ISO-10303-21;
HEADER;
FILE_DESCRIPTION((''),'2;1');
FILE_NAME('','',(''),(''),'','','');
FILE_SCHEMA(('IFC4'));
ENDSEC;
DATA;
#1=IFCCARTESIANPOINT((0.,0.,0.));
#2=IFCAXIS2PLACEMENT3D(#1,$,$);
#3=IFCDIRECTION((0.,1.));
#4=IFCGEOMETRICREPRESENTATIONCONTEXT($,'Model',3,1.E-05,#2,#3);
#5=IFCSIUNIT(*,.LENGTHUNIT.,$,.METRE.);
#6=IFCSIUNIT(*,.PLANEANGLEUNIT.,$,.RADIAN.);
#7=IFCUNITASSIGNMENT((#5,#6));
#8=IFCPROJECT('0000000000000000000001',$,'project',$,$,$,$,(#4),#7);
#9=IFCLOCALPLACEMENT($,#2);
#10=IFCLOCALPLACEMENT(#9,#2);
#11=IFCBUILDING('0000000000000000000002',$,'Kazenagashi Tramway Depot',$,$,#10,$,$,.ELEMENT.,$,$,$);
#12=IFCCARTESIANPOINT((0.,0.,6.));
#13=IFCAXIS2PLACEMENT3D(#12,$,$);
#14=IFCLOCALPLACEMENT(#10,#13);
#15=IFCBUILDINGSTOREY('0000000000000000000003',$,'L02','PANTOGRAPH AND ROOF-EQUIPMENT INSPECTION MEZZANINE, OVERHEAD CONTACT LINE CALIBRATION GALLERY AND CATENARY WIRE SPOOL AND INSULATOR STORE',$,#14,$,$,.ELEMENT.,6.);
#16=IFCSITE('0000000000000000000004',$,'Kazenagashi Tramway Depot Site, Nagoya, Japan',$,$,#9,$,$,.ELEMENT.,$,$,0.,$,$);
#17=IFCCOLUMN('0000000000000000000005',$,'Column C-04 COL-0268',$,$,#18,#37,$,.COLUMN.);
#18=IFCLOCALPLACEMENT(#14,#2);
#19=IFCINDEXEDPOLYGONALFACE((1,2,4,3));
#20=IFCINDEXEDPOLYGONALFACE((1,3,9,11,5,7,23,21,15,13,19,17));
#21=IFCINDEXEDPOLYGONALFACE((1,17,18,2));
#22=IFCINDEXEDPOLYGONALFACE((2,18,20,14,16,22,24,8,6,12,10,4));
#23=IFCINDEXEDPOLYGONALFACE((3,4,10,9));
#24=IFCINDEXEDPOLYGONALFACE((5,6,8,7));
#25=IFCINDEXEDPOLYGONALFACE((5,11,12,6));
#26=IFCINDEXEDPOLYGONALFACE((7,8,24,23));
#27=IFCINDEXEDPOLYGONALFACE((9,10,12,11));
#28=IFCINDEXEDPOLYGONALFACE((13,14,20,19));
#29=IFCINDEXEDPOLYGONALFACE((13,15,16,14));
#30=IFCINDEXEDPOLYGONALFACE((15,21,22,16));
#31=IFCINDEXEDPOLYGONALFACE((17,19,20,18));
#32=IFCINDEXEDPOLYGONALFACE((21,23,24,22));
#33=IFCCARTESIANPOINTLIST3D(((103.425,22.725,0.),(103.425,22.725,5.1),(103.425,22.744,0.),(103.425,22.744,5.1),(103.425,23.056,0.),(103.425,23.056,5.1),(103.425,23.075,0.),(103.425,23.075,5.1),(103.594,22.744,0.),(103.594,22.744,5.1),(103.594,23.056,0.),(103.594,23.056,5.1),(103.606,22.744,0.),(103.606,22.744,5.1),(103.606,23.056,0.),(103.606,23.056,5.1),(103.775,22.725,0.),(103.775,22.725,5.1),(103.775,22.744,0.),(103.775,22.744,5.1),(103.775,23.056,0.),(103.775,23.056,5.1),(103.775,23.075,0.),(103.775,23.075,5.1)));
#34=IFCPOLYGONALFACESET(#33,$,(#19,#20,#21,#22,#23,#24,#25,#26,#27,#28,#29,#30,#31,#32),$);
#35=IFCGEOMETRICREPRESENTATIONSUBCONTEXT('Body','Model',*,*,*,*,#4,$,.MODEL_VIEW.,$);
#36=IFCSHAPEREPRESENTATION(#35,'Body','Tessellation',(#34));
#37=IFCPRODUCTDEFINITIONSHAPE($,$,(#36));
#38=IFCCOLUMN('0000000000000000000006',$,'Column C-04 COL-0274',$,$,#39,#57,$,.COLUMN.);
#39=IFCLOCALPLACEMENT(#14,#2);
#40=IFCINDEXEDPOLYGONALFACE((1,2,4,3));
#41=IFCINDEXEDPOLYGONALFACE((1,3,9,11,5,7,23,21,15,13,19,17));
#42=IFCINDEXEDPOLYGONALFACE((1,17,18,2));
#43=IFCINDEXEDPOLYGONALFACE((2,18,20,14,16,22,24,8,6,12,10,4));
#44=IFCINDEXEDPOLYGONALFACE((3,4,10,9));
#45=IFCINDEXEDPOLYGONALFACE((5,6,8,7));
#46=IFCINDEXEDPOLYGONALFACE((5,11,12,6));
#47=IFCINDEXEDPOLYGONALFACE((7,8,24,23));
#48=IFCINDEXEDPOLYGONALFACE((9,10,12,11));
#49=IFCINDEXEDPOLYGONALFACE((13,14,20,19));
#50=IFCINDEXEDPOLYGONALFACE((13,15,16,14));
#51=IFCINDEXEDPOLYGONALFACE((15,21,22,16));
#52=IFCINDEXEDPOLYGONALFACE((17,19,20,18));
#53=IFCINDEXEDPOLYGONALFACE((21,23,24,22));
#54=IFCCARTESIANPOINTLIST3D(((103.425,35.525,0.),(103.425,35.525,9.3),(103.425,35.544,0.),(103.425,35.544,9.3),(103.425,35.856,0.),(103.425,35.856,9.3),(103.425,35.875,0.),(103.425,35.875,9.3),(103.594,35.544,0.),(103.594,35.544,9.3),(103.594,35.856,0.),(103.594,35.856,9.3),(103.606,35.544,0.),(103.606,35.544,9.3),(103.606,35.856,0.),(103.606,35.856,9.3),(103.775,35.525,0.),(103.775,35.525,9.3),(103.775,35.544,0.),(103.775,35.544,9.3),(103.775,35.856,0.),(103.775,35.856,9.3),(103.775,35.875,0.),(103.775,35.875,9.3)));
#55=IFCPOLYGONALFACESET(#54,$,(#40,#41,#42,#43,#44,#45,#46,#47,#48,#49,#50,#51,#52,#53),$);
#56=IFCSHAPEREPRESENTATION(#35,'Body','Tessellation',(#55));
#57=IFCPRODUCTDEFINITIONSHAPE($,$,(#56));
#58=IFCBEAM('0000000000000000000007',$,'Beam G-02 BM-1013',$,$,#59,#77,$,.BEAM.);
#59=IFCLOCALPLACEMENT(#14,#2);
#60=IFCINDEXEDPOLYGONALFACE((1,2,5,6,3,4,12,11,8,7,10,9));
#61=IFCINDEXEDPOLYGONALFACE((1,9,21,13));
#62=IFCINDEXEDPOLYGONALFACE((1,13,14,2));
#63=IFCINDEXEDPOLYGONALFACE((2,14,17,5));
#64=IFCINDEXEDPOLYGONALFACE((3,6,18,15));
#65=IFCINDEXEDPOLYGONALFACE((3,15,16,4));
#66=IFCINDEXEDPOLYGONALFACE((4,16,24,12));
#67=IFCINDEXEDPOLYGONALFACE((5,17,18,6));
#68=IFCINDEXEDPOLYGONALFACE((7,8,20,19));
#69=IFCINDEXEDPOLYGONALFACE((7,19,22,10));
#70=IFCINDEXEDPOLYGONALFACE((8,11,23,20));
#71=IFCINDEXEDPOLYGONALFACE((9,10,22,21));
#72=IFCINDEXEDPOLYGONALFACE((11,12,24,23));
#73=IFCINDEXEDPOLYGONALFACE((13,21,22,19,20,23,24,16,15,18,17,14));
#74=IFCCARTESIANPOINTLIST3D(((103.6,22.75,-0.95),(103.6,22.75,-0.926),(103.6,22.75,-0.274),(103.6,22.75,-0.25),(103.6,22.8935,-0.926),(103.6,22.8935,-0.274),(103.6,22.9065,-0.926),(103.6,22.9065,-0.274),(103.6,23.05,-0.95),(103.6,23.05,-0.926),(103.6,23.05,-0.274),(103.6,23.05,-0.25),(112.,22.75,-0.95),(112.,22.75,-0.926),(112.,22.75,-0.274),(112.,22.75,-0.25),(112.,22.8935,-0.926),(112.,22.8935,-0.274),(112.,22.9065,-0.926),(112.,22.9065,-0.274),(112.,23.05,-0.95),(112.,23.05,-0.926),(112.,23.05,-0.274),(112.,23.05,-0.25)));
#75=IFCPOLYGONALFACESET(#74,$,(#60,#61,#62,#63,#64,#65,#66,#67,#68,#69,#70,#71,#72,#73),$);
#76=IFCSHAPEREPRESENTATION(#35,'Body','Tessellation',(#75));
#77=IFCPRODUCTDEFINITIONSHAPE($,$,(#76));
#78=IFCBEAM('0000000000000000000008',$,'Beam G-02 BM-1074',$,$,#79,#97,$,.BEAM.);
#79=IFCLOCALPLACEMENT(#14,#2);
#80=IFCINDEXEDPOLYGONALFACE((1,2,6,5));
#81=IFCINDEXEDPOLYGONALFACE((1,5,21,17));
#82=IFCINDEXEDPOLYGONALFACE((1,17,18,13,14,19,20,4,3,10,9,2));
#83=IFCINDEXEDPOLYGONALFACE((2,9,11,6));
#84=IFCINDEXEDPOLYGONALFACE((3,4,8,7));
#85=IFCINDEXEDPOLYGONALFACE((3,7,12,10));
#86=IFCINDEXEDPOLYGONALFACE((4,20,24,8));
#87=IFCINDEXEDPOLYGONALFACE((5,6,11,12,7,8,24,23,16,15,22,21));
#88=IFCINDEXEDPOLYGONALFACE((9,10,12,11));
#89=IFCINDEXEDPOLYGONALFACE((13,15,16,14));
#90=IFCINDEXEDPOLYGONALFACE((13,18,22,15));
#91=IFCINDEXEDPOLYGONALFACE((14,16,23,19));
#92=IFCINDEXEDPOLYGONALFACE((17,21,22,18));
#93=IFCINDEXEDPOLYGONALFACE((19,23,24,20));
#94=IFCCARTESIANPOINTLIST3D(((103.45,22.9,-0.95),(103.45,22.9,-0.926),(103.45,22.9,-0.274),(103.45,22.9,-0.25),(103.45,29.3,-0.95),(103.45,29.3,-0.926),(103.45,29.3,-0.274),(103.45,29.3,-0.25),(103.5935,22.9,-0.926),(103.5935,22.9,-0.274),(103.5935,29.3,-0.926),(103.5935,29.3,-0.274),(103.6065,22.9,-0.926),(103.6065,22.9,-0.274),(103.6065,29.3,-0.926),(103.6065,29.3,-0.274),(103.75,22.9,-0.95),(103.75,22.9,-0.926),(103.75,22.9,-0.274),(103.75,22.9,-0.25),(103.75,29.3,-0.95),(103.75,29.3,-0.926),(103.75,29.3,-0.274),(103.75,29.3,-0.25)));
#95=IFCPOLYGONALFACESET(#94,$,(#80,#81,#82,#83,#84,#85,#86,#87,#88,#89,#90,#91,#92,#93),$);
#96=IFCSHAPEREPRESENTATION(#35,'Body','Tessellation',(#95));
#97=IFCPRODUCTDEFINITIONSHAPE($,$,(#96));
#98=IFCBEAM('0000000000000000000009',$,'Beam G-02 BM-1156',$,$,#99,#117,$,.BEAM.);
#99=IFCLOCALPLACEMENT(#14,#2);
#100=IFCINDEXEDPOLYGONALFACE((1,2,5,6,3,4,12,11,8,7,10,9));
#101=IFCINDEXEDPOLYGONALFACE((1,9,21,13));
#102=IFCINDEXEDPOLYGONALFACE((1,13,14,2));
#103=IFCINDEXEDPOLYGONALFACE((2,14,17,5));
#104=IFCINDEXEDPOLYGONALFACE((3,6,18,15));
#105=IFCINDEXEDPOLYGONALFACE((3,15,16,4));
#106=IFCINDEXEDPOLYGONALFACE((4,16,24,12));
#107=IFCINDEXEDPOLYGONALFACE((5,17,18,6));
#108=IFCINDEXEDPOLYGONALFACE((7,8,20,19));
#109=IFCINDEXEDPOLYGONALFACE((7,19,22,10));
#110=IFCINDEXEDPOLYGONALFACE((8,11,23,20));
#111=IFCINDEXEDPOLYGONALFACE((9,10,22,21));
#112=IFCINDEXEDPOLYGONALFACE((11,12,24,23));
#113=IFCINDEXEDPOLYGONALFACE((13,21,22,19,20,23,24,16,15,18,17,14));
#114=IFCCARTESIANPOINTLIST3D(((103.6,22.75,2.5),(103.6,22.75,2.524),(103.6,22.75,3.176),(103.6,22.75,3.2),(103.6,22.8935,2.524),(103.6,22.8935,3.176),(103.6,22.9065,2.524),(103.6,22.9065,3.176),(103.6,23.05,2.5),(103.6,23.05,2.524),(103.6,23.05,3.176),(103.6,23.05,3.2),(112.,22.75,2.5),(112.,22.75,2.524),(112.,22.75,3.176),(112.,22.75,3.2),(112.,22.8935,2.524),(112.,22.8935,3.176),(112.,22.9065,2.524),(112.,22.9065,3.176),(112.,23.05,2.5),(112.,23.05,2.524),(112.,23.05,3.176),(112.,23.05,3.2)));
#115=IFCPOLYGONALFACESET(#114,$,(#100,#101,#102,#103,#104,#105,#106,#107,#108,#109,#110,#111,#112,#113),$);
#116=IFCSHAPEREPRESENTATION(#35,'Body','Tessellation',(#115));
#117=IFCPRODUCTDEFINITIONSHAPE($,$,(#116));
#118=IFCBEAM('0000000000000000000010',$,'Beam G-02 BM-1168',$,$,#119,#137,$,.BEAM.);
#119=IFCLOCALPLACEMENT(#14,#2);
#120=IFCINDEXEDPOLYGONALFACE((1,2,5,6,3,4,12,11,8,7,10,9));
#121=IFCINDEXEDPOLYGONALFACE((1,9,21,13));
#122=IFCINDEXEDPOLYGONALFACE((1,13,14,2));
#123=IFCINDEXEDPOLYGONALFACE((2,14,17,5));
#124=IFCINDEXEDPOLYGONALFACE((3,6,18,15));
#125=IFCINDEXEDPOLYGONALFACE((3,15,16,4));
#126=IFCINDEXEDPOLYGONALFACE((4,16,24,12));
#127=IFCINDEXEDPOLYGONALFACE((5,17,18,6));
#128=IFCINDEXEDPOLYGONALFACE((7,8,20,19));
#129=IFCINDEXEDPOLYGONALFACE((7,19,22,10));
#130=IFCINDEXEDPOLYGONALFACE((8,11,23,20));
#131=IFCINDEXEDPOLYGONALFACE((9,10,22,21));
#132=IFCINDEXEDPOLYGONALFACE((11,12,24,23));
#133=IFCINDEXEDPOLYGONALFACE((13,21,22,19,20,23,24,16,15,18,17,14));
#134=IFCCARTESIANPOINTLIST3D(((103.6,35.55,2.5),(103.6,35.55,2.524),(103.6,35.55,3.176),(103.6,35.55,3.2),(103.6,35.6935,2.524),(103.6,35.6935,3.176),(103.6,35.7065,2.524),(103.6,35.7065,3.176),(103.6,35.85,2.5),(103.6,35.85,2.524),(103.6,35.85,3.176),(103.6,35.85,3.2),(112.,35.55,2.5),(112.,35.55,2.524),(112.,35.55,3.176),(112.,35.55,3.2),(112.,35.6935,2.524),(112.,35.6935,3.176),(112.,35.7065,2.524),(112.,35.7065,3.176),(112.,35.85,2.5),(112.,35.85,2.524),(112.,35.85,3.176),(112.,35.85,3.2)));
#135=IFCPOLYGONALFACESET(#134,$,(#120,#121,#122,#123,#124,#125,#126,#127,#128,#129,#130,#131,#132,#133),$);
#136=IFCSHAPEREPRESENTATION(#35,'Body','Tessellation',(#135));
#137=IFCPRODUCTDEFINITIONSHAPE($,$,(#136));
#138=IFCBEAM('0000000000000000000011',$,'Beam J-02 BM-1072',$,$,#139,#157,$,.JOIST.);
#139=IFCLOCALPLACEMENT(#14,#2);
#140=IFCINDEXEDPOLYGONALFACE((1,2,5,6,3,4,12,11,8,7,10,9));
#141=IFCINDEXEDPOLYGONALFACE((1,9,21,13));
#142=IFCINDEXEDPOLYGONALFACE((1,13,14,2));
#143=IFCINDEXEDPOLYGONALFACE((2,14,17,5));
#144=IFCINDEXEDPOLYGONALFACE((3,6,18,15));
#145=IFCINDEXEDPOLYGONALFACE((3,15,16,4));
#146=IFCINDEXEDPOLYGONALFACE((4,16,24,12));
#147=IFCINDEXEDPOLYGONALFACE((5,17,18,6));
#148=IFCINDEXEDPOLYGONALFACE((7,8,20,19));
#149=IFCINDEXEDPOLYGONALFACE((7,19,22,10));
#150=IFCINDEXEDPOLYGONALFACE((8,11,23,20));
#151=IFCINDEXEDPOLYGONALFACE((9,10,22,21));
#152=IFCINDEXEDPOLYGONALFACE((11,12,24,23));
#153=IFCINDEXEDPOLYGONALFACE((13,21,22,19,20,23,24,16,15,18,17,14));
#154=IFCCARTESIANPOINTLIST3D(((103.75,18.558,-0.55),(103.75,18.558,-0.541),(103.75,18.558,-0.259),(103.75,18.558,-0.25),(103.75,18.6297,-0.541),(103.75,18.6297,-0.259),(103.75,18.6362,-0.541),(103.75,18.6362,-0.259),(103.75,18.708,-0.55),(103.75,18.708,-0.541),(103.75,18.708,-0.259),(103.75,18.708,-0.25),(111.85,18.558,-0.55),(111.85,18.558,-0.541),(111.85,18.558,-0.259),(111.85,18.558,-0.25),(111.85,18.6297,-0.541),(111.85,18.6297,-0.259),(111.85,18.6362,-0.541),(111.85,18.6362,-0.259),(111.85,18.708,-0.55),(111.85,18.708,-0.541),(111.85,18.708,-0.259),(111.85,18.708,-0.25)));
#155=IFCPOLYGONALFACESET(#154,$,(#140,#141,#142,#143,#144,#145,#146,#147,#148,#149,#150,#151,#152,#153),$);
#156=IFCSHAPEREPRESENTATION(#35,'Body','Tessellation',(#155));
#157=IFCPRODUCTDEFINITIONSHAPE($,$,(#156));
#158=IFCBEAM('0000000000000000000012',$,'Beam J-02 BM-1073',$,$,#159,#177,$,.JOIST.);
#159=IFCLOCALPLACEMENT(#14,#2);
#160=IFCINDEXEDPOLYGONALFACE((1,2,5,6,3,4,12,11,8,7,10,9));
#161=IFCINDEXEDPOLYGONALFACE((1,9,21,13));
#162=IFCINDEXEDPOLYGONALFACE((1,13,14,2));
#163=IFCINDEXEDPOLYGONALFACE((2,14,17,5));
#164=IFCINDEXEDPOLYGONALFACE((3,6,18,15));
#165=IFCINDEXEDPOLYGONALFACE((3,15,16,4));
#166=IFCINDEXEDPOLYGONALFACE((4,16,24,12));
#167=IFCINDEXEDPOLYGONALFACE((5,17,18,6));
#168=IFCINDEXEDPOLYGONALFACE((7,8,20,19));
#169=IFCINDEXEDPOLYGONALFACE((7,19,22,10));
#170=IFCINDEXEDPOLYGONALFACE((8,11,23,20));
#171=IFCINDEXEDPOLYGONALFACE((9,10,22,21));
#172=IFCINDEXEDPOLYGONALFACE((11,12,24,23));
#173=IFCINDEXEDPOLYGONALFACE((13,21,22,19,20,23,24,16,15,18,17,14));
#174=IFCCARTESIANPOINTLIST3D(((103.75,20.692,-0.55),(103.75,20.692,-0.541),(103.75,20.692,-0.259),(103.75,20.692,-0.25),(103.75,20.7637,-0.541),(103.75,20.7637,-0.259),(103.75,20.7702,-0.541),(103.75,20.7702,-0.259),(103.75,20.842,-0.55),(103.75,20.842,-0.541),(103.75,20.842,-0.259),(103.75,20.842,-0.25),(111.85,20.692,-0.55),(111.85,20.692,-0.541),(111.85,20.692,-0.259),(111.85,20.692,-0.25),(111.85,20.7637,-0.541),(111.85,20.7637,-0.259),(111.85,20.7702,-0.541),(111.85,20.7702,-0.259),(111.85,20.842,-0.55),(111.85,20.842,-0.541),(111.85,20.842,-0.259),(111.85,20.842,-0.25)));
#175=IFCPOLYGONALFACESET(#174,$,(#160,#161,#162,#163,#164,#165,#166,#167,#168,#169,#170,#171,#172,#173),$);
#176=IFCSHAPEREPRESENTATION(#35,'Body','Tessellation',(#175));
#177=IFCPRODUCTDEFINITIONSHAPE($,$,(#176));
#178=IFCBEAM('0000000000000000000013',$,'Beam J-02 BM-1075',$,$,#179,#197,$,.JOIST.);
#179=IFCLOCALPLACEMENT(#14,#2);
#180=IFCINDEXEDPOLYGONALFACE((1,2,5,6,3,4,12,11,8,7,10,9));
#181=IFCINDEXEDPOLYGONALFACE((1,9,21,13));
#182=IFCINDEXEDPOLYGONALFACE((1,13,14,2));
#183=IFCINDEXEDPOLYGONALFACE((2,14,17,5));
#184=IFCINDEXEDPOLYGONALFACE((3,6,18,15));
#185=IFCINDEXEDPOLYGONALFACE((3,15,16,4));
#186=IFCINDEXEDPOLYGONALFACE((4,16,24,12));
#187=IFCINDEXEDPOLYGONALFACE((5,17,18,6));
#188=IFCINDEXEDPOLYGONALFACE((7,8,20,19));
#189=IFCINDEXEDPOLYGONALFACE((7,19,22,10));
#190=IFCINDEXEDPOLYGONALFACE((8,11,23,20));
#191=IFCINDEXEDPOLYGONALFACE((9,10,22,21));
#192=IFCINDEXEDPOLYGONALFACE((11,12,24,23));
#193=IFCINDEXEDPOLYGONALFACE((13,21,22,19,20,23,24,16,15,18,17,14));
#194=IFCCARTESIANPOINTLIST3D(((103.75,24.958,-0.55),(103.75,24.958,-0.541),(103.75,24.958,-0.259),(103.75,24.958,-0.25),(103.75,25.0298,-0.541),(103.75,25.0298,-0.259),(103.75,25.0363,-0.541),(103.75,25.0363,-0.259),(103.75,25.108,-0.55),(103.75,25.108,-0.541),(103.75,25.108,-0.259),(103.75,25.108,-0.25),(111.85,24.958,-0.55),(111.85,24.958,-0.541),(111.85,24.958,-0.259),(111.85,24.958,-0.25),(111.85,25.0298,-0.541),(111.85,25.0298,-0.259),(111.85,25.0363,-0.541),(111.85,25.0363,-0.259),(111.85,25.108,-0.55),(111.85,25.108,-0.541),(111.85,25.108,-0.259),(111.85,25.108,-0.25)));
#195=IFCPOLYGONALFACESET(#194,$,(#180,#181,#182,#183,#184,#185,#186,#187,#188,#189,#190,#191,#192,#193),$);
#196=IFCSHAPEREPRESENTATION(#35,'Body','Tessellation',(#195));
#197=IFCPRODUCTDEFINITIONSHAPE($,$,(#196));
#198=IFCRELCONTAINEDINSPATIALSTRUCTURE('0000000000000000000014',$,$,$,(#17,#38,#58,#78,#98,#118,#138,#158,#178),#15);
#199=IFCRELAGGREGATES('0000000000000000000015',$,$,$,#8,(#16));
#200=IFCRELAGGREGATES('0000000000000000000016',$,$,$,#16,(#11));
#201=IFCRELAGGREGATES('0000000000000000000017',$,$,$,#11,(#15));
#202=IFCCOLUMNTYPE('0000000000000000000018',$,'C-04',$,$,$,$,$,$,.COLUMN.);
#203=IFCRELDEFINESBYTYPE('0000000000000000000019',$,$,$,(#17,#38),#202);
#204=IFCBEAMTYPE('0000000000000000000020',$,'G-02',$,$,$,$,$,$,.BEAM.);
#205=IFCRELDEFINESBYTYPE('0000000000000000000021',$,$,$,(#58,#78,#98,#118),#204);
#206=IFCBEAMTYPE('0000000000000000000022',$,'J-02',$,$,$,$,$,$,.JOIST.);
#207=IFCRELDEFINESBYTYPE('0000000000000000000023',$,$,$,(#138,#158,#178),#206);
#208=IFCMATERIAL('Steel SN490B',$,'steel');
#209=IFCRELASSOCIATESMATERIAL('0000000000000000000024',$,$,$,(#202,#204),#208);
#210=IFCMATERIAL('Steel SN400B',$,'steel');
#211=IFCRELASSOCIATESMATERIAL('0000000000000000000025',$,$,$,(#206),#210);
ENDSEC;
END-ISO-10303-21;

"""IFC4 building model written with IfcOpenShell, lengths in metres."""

from ifc_helpers import new_model, si_unit, direction, frame, origin, origin_2d, place, context, subcontext, project, spatial, i_section, extrude, material, material_profile, profile_set, type_object, element, save


model = new_model("IFC4")

# Units and contexts
model_context = context("Model", 3, precision=1e-05, world=origin(), true_north=direction((0.0, 1.0)))
body_context = subcontext(model_context, "Body", "Model", "MODEL_VIEW")
ifc_project = project(units=[si_unit("LENGTHUNIT", "METRE"), si_unit("PLANEANGLEUNIT", "RADIAN")], contexts=[model_context])

# Site, building, storey
site_placement = place(None, origin())
site = spatial("IfcSite", under=ifc_project, at=site_placement, Name="Kazenagashi Tramway Depot Site, Nagoya, Japan", CompositionType="ELEMENT", RefElevation=0.0)
building_placement = place(site_placement, origin())
building = spatial("IfcBuilding", under=site, at=building_placement, Name="Kazenagashi Tramway Depot", CompositionType="ELEMENT")
storey_placement = place(building_placement, frame((0.0, 0.0, 6.0)))
storey = spatial("IfcBuildingStorey", under=building, at=storey_placement, Name="L02", Description="PANTOGRAPH AND ROOF-EQUIPMENT INSPECTION MEZZANINE, OVERHEAD CONTACT LINE CALIBRATION GALLERY AND CATENARY WIRE SPOOL AND INSULATOR STORE", CompositionType="ELEMENT", Elevation=6.0)

# Columns
ifc_material_1 = material(Name="Steel SN490B", Category="steel")
ifc_material_profile_1 = material_profile(ifc_material_1, i_section(OverallWidth=0.35, OverallDepth=0.35, WebThickness=0.012, FlangeThickness=0.019, at=origin_2d()), Name="H-350x350x12x19")
ifc_profile_set_1 = profile_set([ifc_material_profile_1], Name="Steel SN490B")
column_type = type_object("IfcColumnType", Name="C-04", PredefinedType="COLUMN", material=ifc_profile_set_1)
column_1_placement = place(storey_placement, frame((103.6, 22.9, 0.0), z_axis=(0.0, 0.0, 1.0), x_axis=(1.0, 0.0, 0.0)))
element("IfcColumn", 1, at=column_1_placement, inside=storey, type_object=column_type, Name="Column C-04 COL-0268", PredefinedType="COLUMN", context=body_context, shape_type="SweptSolid", body=[
    extrude(i_section(OverallWidth=0.35, OverallDepth=0.35, WebThickness=0.012, FlangeThickness=0.019, at=origin_2d()), origin(), (0.0, 0.0, 1.0), 5.1),
])
column_2_placement = place(storey_placement, frame((103.6, 35.7, 0.0), z_axis=(0.0, 0.0, 1.0), x_axis=(1.0, 0.0, 0.0)))
element("IfcColumn", 2, at=column_2_placement, inside=storey, type_object=column_type, Name="Column C-04 COL-0274", PredefinedType="COLUMN", context=body_context, shape_type="SweptSolid", body=[
    extrude(i_section(OverallWidth=0.35, OverallDepth=0.35, WebThickness=0.012, FlangeThickness=0.019, at=origin_2d()), origin(), (0.0, 0.0, 1.0), 9.3),
])

# Beams
ifc_material_profile_2 = material_profile(ifc_material_1, i_section(OverallWidth=0.3, OverallDepth=0.7, WebThickness=0.013, FlangeThickness=0.024, at=origin_2d()), Name="H-700x300x13x24")
ifc_profile_set_2 = profile_set([ifc_material_profile_2], Name="Steel SN490B")
beam_type_1 = type_object("IfcBeamType", Name="G-02", PredefinedType="BEAM", material=ifc_profile_set_2)
beam_1_placement = place(storey_placement, frame((103.6, 22.9, -0.6), z_axis=(1.0, 0.0, 0.0), x_axis=(0.0, 1.0, 0.0)))
element("IfcBeam", 3, at=beam_1_placement, inside=storey, type_object=beam_type_1, Name="Beam G-02 BM-1013", PredefinedType="BEAM", context=body_context, shape_type="SweptSolid", body=[
    extrude(i_section(OverallWidth=0.3, OverallDepth=0.7, WebThickness=0.013, FlangeThickness=0.024, at=origin_2d()), origin(), (0.0, 0.0, 1.0), 8.4),
])
beam_2_placement = place(storey_placement, frame((103.6, 22.9, -0.6), z_axis=(0.0, 1.0, 0.0), x_axis=(-1.0, 0.0, 0.0)))
element("IfcBeam", 4, at=beam_2_placement, inside=storey, type_object=beam_type_1, Name="Beam G-02 BM-1074", PredefinedType="BEAM", context=body_context, shape_type="SweptSolid", body=[
    extrude(i_section(OverallWidth=0.3, OverallDepth=0.7, WebThickness=0.013, FlangeThickness=0.024, at=origin_2d()), origin(), (0.0, 0.0, 1.0), 6.4),
])
for number, where, z_axis, x_axis, name in (
    (5, (103.6, 22.9, 2.85), (1.0, 0.0, 0.0), (0.0, 1.0, 0.0), "Beam G-02 BM-1156"),
    (6, (103.6, 35.7, 2.85), (1.0, 0.0, 0.0), (0.0, 1.0, 0.0), "Beam G-02 BM-1168"),
):
    element("IfcBeam", number, at=place(storey_placement, frame(where, z_axis=z_axis, x_axis=x_axis)), inside=storey, type_object=beam_type_1, Name=name, PredefinedType="BEAM", context=body_context, shape_type="SweptSolid", body=[
        extrude(i_section(OverallWidth=0.3, OverallDepth=0.7, WebThickness=0.013, FlangeThickness=0.024, at=origin_2d()), origin(), (0.0, 0.0, 1.0), 8.4),
    ])
ifc_material_2 = material(Name="Steel SN400B", Category="steel")
ifc_material_profile_3 = material_profile(ifc_material_2, i_section(OverallWidth=0.15, OverallDepth=0.3, WebThickness=0.0065, FlangeThickness=0.009, at=origin_2d()), Name="H-300x150x6.5x9")
ifc_profile_set_3 = profile_set([ifc_material_profile_3], Name="Steel SN400B")
beam_type_2 = type_object("IfcBeamType", Name="J-02", PredefinedType="JOIST", material=ifc_profile_set_3)
for number, where, z_axis, x_axis, name in (
    (7, (103.75, 18.633, -0.4), (1.0, 0.0, 0.0), (0.0, 1.0, 0.0), "Beam J-02 BM-1072"),
    (8, (103.75, 20.767, -0.4), (1.0, 0.0, 0.0), (0.0, 1.0, 0.0), "Beam J-02 BM-1073"),
    (9, (103.75, 25.033, -0.4), (1.0, 0.0, 0.0), (0.0, 1.0, 0.0), "Beam J-02 BM-1075"),
):
    element("IfcBeam", number, at=place(storey_placement, frame(where, z_axis=z_axis, x_axis=x_axis)), inside=storey, type_object=beam_type_2, Name=name, PredefinedType="JOIST", context=body_context, shape_type="SweptSolid", body=[
        extrude(i_section(OverallWidth=0.15, OverallDepth=0.3, WebThickness=0.0065, FlangeThickness=0.009, at=origin_2d()), origin(), (0.0, 0.0, 1.0), 8.1),
    ])

save(model, "model.ifc")
